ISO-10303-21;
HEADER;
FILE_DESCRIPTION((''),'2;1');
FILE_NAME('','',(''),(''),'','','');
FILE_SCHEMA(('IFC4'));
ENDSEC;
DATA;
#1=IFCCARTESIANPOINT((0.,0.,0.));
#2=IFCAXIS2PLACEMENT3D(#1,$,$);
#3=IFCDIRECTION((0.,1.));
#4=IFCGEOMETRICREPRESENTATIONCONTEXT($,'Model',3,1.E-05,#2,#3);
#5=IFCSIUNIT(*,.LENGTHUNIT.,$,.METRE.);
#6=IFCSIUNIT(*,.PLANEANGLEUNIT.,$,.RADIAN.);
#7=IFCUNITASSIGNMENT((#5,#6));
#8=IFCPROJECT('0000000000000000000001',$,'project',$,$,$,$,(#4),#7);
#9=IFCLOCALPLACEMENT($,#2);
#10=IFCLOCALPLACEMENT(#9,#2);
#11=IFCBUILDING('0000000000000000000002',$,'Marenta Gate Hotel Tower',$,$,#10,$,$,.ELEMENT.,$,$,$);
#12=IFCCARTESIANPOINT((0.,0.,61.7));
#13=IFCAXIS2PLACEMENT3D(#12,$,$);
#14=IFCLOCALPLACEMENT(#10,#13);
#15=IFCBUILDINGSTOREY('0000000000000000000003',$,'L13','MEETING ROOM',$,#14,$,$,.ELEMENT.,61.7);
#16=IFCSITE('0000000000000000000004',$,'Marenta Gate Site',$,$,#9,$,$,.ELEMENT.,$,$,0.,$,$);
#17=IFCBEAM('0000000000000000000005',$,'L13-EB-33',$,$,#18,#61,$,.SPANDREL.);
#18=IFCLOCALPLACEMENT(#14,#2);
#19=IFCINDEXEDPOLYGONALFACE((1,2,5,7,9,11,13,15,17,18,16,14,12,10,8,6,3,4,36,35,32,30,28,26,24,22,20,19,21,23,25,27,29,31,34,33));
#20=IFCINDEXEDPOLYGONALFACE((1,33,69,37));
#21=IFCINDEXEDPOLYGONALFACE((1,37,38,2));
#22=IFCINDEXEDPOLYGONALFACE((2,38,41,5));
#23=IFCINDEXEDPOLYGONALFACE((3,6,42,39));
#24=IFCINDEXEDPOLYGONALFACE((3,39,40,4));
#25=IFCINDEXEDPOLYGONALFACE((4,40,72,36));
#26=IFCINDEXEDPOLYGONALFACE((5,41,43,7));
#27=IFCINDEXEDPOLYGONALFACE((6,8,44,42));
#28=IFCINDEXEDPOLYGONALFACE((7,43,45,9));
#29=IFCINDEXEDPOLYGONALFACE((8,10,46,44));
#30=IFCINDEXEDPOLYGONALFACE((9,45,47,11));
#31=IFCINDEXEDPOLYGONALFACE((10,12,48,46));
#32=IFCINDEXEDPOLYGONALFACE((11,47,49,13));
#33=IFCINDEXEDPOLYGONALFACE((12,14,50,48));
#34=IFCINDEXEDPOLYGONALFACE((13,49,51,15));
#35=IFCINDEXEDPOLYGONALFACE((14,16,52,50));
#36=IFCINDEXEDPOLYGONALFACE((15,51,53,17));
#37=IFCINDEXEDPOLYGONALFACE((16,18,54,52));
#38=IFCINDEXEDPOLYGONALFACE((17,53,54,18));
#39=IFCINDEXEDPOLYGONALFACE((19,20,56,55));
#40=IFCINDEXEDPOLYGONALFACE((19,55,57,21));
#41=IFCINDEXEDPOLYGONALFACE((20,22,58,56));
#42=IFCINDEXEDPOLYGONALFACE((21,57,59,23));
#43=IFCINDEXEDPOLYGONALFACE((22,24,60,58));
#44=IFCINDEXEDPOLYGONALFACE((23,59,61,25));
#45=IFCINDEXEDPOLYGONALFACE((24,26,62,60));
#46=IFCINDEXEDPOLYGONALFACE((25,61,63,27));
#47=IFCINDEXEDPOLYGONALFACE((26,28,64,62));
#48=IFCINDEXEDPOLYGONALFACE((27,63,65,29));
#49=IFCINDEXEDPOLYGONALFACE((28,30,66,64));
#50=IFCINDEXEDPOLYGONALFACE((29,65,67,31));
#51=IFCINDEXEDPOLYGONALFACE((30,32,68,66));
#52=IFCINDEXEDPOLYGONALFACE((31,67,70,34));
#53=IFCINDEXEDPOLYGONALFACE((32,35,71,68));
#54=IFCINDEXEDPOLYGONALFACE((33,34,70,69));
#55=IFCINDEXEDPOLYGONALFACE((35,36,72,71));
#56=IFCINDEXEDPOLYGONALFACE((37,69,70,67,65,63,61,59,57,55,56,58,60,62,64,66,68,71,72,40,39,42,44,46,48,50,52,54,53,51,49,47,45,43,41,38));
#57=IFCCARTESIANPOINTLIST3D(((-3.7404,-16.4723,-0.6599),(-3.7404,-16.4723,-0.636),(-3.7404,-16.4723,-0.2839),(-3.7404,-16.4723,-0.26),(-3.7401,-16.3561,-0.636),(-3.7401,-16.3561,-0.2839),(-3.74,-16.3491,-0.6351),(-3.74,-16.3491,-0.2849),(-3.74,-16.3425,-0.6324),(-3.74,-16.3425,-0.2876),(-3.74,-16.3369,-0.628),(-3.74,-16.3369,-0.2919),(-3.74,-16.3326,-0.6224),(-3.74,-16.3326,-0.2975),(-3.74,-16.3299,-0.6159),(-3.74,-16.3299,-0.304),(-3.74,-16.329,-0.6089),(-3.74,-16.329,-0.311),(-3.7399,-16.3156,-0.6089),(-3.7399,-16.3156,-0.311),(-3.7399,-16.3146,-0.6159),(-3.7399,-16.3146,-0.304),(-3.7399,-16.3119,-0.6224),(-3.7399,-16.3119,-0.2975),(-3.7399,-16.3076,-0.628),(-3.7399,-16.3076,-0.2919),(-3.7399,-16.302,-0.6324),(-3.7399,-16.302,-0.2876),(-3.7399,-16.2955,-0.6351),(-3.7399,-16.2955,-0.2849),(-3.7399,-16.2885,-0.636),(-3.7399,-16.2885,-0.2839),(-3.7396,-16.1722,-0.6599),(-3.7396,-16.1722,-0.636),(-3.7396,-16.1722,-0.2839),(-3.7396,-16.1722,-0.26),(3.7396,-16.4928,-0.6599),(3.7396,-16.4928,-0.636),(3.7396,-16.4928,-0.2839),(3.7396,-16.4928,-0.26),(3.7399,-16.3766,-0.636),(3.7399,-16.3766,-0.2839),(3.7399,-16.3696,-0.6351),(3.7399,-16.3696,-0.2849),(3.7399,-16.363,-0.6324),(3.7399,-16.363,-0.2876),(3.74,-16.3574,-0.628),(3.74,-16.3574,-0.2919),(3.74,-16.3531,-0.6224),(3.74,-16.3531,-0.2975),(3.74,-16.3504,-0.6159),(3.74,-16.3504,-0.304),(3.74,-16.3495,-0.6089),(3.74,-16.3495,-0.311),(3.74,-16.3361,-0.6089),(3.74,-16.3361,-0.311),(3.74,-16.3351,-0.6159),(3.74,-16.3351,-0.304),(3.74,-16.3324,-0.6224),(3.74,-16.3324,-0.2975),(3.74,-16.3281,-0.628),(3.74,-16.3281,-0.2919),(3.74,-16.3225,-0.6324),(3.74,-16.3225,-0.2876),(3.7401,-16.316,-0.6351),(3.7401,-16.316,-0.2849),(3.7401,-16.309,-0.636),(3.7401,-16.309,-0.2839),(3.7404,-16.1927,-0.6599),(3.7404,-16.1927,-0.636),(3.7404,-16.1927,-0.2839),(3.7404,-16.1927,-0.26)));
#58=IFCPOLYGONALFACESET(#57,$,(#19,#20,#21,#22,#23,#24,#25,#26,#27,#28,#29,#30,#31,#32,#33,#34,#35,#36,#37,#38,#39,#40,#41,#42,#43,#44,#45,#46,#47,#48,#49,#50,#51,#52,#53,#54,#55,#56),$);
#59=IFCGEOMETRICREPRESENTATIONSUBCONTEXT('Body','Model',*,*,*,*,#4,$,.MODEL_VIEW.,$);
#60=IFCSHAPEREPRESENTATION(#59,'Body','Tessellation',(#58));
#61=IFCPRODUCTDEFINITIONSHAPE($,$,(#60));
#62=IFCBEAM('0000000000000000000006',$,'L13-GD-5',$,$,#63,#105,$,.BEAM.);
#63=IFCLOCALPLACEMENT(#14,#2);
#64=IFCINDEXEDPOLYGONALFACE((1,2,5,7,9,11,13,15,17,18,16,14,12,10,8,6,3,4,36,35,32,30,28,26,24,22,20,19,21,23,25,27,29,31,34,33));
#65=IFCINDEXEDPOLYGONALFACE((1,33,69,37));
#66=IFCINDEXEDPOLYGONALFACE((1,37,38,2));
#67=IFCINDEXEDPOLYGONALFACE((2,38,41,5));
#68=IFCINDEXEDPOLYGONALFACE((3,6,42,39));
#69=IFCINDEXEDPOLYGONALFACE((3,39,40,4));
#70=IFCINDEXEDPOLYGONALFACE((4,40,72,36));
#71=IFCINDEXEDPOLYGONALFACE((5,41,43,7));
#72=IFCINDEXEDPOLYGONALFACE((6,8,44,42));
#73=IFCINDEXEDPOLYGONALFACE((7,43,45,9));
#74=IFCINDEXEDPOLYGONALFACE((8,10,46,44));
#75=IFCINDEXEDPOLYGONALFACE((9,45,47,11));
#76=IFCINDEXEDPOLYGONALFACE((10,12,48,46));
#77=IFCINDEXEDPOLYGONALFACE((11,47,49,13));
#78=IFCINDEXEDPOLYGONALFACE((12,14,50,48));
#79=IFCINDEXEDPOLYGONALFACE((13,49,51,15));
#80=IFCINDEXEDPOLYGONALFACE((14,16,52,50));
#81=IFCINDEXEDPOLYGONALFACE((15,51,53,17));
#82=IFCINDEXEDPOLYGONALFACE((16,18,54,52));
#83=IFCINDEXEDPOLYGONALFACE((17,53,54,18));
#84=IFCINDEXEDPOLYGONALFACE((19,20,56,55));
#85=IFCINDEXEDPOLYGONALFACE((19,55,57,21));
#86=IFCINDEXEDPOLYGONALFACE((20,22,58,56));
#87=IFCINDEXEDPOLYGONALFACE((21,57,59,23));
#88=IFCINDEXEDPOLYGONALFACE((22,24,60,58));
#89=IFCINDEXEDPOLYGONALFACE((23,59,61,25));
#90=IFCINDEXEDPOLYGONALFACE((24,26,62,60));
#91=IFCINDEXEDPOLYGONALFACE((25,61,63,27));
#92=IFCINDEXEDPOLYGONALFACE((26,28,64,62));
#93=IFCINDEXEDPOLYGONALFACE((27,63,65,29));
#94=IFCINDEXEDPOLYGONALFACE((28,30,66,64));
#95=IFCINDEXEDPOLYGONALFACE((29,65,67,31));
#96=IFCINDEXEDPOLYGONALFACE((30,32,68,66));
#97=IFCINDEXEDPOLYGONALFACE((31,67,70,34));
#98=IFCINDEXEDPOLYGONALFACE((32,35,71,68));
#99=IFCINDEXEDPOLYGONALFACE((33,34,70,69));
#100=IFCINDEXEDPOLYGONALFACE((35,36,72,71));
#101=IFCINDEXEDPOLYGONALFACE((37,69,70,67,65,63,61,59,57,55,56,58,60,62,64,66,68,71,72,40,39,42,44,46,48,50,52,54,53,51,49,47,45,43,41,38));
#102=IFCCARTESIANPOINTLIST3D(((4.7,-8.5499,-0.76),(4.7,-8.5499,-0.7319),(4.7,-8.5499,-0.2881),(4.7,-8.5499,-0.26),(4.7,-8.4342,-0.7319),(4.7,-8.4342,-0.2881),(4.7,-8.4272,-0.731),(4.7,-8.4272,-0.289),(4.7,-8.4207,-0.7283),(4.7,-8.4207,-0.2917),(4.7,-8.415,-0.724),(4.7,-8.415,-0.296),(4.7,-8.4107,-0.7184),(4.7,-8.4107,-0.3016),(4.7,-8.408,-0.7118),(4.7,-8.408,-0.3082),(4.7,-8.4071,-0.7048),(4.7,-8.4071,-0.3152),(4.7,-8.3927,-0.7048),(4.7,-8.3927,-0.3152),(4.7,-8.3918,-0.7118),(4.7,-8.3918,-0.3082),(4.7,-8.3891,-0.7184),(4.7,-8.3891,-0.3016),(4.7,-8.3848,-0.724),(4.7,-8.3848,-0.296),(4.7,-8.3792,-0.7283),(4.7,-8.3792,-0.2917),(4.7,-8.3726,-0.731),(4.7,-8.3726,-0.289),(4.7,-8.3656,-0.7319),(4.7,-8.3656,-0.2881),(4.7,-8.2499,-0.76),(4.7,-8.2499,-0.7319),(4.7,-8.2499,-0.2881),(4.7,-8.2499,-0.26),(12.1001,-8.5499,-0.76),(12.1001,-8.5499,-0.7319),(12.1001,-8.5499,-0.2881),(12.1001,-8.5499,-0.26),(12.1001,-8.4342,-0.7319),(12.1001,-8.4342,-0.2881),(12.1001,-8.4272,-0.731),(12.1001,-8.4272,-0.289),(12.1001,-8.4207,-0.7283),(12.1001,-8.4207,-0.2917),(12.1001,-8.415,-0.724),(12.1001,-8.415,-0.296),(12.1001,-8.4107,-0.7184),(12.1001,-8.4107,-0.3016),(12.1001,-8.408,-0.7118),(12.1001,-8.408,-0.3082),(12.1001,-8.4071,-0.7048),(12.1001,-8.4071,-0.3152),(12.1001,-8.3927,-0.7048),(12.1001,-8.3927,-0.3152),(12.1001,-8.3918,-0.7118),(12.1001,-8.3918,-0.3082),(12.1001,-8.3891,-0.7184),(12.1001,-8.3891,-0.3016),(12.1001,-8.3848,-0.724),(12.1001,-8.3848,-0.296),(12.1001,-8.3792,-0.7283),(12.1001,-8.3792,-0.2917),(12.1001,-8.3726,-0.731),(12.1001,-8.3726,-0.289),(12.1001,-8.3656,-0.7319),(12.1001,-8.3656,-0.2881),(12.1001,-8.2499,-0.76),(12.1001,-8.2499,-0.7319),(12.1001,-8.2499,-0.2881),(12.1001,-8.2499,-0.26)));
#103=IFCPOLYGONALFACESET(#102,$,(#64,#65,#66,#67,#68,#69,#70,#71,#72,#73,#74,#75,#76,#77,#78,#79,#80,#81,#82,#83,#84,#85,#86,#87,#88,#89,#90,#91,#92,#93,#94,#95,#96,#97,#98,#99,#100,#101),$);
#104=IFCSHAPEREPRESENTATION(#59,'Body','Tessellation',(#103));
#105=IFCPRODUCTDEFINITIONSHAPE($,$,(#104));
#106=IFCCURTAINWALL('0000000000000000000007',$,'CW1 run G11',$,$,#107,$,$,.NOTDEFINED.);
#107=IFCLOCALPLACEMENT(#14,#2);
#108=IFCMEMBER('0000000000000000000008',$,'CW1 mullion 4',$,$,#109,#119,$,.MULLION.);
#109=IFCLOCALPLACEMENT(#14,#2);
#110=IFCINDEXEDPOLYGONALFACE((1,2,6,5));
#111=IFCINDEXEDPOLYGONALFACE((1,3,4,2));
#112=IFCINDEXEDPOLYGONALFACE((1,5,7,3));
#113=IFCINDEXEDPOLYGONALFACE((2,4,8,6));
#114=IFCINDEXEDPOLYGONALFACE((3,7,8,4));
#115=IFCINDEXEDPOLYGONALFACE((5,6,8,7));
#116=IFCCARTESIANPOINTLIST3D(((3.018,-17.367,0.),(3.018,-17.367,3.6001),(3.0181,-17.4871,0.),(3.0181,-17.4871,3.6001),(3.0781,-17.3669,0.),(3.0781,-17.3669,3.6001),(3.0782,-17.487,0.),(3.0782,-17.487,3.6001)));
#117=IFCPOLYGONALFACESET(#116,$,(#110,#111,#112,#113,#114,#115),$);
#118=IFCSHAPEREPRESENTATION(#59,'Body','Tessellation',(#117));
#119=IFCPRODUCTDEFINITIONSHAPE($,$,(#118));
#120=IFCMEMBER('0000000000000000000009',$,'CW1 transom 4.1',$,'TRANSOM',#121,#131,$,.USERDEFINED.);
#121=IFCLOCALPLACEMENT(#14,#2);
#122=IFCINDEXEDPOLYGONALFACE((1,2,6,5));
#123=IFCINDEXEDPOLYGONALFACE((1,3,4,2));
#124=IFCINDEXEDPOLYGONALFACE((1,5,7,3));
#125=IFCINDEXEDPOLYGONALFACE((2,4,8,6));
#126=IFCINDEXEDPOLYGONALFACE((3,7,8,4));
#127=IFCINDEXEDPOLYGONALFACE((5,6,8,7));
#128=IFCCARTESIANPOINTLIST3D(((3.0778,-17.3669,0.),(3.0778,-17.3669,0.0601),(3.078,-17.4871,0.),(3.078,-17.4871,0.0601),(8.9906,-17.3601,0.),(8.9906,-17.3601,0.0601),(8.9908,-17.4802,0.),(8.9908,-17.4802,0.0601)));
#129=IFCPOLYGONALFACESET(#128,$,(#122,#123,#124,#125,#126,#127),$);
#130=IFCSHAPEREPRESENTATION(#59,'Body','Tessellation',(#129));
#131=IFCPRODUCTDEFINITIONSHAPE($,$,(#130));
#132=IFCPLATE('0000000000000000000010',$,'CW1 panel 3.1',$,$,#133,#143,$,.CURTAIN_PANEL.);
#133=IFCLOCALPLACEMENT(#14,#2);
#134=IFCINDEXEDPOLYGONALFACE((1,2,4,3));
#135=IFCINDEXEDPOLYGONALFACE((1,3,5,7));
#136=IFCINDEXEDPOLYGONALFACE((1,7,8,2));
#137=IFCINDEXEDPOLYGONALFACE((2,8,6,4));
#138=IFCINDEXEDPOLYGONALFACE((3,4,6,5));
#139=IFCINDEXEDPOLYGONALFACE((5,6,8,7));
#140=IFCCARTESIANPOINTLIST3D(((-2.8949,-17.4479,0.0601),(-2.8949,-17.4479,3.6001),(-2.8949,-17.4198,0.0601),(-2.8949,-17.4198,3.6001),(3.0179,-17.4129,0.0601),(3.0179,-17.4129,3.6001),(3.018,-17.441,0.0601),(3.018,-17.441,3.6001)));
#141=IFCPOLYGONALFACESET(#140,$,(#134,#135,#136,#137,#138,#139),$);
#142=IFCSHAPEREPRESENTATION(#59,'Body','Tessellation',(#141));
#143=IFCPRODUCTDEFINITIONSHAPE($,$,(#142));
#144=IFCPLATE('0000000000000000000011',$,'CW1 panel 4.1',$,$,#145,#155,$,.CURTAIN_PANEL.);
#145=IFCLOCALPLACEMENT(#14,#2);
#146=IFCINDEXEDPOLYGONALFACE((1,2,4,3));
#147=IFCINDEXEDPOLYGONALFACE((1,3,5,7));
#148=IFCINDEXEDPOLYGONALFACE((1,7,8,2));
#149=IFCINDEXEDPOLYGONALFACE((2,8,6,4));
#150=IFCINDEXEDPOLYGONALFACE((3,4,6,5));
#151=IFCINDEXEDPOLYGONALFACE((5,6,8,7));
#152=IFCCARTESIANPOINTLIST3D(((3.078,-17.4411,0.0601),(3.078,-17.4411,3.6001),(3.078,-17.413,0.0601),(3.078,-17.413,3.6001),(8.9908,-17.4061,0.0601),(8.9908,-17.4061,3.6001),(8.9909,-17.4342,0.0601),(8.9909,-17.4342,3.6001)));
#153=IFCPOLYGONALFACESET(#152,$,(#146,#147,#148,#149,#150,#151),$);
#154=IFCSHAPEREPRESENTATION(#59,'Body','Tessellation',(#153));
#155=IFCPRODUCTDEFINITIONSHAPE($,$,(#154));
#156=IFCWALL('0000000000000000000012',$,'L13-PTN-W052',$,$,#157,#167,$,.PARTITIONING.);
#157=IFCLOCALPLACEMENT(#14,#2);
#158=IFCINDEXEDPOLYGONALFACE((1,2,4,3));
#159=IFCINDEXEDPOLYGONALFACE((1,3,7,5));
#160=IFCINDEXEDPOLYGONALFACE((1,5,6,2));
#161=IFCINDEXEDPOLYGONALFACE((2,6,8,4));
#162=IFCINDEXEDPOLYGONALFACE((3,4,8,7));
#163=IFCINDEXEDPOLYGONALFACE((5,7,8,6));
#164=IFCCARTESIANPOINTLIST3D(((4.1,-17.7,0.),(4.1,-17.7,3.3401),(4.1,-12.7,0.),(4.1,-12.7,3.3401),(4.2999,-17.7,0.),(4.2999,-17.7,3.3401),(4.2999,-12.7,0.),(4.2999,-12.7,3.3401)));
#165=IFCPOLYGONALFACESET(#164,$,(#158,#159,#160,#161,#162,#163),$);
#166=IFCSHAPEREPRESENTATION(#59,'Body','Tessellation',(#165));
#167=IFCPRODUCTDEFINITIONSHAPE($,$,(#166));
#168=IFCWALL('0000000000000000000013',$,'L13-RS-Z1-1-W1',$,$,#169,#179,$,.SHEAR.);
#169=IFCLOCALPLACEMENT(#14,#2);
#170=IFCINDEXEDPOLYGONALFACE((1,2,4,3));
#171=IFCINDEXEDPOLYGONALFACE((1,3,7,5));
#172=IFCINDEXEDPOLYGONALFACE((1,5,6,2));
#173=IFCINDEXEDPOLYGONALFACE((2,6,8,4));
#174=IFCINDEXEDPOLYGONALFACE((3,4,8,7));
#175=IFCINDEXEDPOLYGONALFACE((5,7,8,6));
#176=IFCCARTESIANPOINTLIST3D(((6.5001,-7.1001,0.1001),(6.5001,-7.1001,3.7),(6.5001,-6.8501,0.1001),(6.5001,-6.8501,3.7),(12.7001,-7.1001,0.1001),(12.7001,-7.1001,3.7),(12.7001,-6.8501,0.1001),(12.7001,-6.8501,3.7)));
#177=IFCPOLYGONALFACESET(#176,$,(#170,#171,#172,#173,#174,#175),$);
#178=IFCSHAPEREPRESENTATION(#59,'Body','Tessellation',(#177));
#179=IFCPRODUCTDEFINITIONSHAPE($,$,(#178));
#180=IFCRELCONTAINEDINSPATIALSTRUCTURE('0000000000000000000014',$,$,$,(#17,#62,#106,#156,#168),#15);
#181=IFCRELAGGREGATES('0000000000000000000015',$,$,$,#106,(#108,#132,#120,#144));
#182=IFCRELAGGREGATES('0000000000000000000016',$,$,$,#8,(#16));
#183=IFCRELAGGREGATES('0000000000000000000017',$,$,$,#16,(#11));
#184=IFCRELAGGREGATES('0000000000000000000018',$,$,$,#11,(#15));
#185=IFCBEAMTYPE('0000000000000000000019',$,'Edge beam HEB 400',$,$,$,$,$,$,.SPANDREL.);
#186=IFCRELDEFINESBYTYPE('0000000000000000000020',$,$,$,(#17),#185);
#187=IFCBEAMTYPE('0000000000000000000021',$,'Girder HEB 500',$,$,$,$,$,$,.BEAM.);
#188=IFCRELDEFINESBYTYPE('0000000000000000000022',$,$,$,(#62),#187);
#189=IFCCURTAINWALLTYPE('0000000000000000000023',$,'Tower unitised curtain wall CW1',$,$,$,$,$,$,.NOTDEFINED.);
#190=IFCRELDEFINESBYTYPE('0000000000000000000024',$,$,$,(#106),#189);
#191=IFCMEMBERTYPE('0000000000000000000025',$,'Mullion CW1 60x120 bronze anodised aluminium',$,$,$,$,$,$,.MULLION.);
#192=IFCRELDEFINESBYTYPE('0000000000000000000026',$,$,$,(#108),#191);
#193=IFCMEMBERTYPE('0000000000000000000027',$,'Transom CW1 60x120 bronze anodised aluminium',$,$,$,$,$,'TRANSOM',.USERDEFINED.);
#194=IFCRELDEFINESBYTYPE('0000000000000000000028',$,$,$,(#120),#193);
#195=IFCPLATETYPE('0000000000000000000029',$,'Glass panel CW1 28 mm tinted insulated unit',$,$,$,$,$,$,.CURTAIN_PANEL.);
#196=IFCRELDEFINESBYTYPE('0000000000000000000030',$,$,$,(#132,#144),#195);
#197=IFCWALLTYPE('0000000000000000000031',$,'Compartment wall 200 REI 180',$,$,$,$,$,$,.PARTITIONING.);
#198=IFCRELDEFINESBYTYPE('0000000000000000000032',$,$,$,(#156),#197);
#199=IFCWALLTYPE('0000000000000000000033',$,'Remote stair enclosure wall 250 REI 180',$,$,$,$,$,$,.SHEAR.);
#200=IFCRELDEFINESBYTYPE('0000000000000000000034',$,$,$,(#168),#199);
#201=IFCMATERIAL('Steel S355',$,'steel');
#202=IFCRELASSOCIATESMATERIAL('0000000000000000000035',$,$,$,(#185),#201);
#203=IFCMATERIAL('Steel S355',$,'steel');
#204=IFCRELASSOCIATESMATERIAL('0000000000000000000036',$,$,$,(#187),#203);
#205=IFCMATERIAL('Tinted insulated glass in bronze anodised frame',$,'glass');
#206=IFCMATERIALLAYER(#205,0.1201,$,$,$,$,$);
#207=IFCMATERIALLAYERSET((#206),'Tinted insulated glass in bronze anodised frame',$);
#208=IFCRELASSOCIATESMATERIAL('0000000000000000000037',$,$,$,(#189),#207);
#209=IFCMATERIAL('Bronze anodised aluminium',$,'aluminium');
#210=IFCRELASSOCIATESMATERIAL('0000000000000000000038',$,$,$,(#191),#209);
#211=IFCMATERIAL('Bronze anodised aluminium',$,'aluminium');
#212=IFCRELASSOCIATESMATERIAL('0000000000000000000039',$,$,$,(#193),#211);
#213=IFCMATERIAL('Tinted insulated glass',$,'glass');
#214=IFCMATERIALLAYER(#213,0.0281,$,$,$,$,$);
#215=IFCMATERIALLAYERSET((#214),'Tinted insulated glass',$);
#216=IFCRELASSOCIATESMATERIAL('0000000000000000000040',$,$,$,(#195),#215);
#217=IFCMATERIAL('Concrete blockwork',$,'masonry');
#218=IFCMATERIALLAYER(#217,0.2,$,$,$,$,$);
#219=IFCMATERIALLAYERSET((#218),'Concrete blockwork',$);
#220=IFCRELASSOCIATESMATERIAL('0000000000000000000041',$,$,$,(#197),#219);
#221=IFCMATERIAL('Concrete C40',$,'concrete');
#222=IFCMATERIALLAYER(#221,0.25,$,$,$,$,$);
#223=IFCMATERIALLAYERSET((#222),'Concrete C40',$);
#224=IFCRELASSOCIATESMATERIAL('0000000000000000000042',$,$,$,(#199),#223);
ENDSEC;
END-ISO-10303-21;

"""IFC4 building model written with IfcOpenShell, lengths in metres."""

from ifc_helpers import new_model, si_unit, direction, frame, frame_2d, origin, origin_2d, place, context, subcontext, project, spatial, rectangle, i_section, extrude, material, layer, layer_set, material_profile, profile_set, type_object, element, aggregate, save


model = new_model("IFC4")

# Units and contexts
model_context = context("Model", 3, precision=1e-05, world=origin(), true_north=direction((0.0, 1.0)))
body_context = subcontext(model_context, "Body", "Model", "MODEL_VIEW")
ifc_project = project(units=[si_unit("LENGTHUNIT", "METRE"), si_unit("PLANEANGLEUNIT", "RADIAN")], contexts=[model_context])

# Site, building, storey
site_placement = place(None, origin())
site = spatial("IfcSite", under=ifc_project, at=site_placement, Name="Marenta Gate Site", CompositionType="ELEMENT", RefElevation=0.0)
building_placement = place(site_placement, origin())
building = spatial("IfcBuilding", under=site, at=building_placement, Name="Marenta Gate Hotel Tower", CompositionType="ELEMENT")
storey_placement = place(building_placement, frame((0.0, 0.0, 61.7)))
storey = spatial("IfcBuildingStorey", under=building, at=storey_placement, Name="L13", Description="MEETING ROOM", CompositionType="ELEMENT", Elevation=61.7)

# Beams
ifc_material_1 = material(Name="Steel S355", Category="steel")
ifc_material_profile_1 = material_profile(ifc_material_1, i_section(OverallWidth=0.3, OverallDepth=0.3999, WebThickness=0.0134, FlangeThickness=0.0239, FilletRadius=0.0271, at=origin_2d()), Name="HEB 400")
ifc_profile_set_1 = profile_set([ifc_material_profile_1], Name="Steel S355")
beam_type_1 = type_object("IfcBeamType", Name="Edge beam HEB 400", PredefinedType="SPANDREL", material=ifc_profile_set_1)
beam_1_placement = place(storey_placement, frame((3.74, -16.3428, -0.46), z_axis=(-0.999996, 0.002742, 0.0), x_axis=(-0.002742, -0.999996, 0.0)))
element("IfcBeam", 1, at=beam_1_placement, inside=storey, type_object=beam_type_1, Name="L13-EB-33", PredefinedType="SPANDREL", context=body_context, shape_type="SweptSolid", body=[
    extrude(i_section(OverallWidth=0.3, OverallDepth=0.3999, WebThickness=0.0134, FlangeThickness=0.0239, FilletRadius=0.0271, at=origin_2d()), origin(), (0.0, 0.0, 1.0), 7.48),
])
ifc_material_2 = material(Name="Steel S355", Category="steel")
ifc_material_profile_2 = material_profile(ifc_material_2, i_section(OverallWidth=0.3, OverallDepth=0.5, WebThickness=0.0144, FlangeThickness=0.0281, FilletRadius=0.0271, at=origin_2d()), Name="HEB 500")
ifc_profile_set_2 = profile_set([ifc_material_profile_2], Name="Steel S355")
beam_type_2 = type_object("IfcBeamType", Name="Girder HEB 500", PredefinedType="BEAM", material=ifc_profile_set_2)
beam_2_placement = place(storey_placement, frame((4.7, -8.3999, -0.51), z_axis=(1.0, 0.0, 0.0), x_axis=(0.0, 1.0, 0.0)))
element("IfcBeam", 2, at=beam_2_placement, inside=storey, type_object=beam_type_2, Name="L13-GD-5", PredefinedType="BEAM", context=body_context, shape_type="SweptSolid", body=[
    extrude(i_section(OverallWidth=0.3, OverallDepth=0.5, WebThickness=0.0144, FlangeThickness=0.0281, FilletRadius=0.0271, at=origin_2d()), origin(), (0.0, 0.0, 1.0), 7.4001),
])

# Curtain wall, members, plates
ifc_material_3 = material(Name="Tinted insulated glass in bronze anodised frame", Category="glass")
ifc_layer_1 = layer(ifc_material_3, 0.1201)
ifc_layer_set_1 = layer_set([ifc_layer_1], Name="Tinted insulated glass in bronze anodised frame")
curtain_wall_type = type_object("IfcCurtainWallType", Name="Tower unitised curtain wall CW1", PredefinedType="NOTDEFINED", material=ifc_layer_set_1)
curtain_wall_placement = place(storey_placement, origin())
curtain_wall = element("IfcCurtainWall", 3, at=curtain_wall_placement, inside=storey, type_object=curtain_wall_type, Name="CW1 run G11", PredefinedType="NOTDEFINED")
ifc_material_4 = material(Name="Bronze anodised aluminium", Category="aluminium")
ifc_material_profile_3 = material_profile(ifc_material_4, rectangle(XDim=0.1201, YDim=0.0601, at=origin_2d()), Name="Mullion CW1 60x120 bronze anodised aluminium")
ifc_profile_set_3 = profile_set([ifc_material_profile_3], Name="Bronze anodised aluminium")
member_type_1 = type_object("IfcMemberType", Name="Mullion CW1 60x120 bronze anodised aluminium", PredefinedType="MULLION", material=ifc_profile_set_3)
member_1_placement = place(storey_placement, frame((3.0481, -17.427, 0.0), z_axis=(0.0, 0.0, 1.0), x_axis=(-0.001162, 0.999999, 0.0)))
member_1 = element("IfcMember", 4, at=member_1_placement, type_object=member_type_1, Name="CW1 mullion 4", PredefinedType="MULLION", context=body_context, shape_type="SweptSolid", body=[
    extrude(rectangle(XDim=0.1201, YDim=0.0601, at=origin_2d()), origin(), (0.0, 0.0, 1.0), 3.6001),
])
ifc_material_5 = material(Name="Bronze anodised aluminium", Category="aluminium")
ifc_material_profile_4 = material_profile(ifc_material_5, rectangle(XDim=0.1201, YDim=0.0601, at=origin_2d()), Name="Transom CW1 60x120 bronze anodised aluminium")
ifc_profile_set_4 = profile_set([ifc_material_profile_4], Name="Bronze anodised aluminium")
member_type_2 = type_object("IfcMemberType", Name="Transom CW1 60x120 bronze anodised aluminium", ElementType="TRANSOM", PredefinedType="USERDEFINED", material=ifc_profile_set_4)
member_2_placement = place(storey_placement, frame((3.0779, -17.427, 0.03), z_axis=(0.999999, 0.001156, 0.0), x_axis=(-0.001156, 0.999999, 0.0)))
member_2 = element("IfcMember", 5, at=member_2_placement, type_object=member_type_2, Name="CW1 transom 4.1", ObjectType="TRANSOM", PredefinedType="USERDEFINED", context=body_context, shape_type="SweptSolid", body=[
    extrude(rectangle(XDim=0.1201, YDim=0.0601, at=origin_2d()), origin(), (0.0, 0.0, 1.0), 5.9128),
])
ifc_material_6 = material(Name="Tinted insulated glass", Category="glass")
ifc_layer_2 = layer(ifc_material_6, 0.0281)
ifc_layer_set_2 = layer_set([ifc_layer_2], Name="Tinted insulated glass")
plate_type = type_object("IfcPlateType", Name="Glass panel CW1 28 mm tinted insulated unit", PredefinedType="CURTAIN_PANEL", material=ifc_layer_set_2)
plate_1_placement = place(storey_placement, frame((0.0615, -17.4304, 0.0601), z_axis=(0.0, 0.0, 1.0), x_axis=(0.999999, 0.001162, 0.0)))
plate_1 = element("IfcPlate", 6, at=plate_1_placement, type_object=plate_type, Name="CW1 panel 3.1", PredefinedType="CURTAIN_PANEL", context=body_context, shape_type="SweptSolid", body=[
    extrude(rectangle(XDim=5.9128, YDim=0.0281, at=origin_2d()), origin(), (0.0, 0.0, 1.0), 3.54),
])
plate_2_placement = place(storey_placement, frame((6.0344, -17.4236, 0.0601), z_axis=(0.0, 0.0, 1.0), x_axis=(0.999999, 0.001162, 0.0)))
plate_2 = element("IfcPlate", 7, at=plate_2_placement, type_object=plate_type, Name="CW1 panel 4.1", PredefinedType="CURTAIN_PANEL", context=body_context, shape_type="SweptSolid", body=[
    extrude(rectangle(XDim=5.9128, YDim=0.0281, at=origin_2d()), origin(), (0.0, 0.0, 1.0), 3.54),
])
aggregate(curtain_wall, [member_1, plate_1, member_2, plate_2])

# Wall
ifc_material_7 = material(Name="Concrete blockwork", Category="masonry")
ifc_layer_3 = layer(ifc_material_7, 0.2)
ifc_layer_set_3 = layer_set([ifc_layer_3], Name="Concrete blockwork")
wall_type_1 = type_object("IfcWallType", Name="Compartment wall 200 REI 180", PredefinedType="PARTITIONING", material=ifc_layer_set_3)
wall_1_placement = place(storey_placement, frame((4.2, -17.7, 0.0), z_axis=(0.0, 0.0, 1.0), x_axis=(0.0, 1.0, 0.0)))
element("IfcWall", 8, at=wall_1_placement, inside=storey, type_object=wall_type_1, Name="L13-PTN-W052", PredefinedType="PARTITIONING", context=body_context, shape_type="SweptSolid", body=[
    extrude(rectangle(XDim=5.0, YDim=0.2, at=frame_2d((2.5, 0.0))), origin(), (0.0, 0.0, 1.0), 3.3401),
])

# Wall
ifc_material_8 = material(Name="Concrete C40", Category="concrete")
ifc_layer_4 = layer(ifc_material_8, 0.25)
ifc_layer_set_4 = layer_set([ifc_layer_4], Name="Concrete C40")
wall_type_2 = type_object("IfcWallType", Name="Remote stair enclosure wall 250 REI 180", PredefinedType="SHEAR", material=ifc_layer_set_4)
wall_2_placement = place(storey_placement, frame((6.5, -6.9751, 0.1001), z_axis=(0.0, 0.0, 1.0), x_axis=(1.0, 0.0, 0.0)))
element("IfcWall", 9, at=wall_2_placement, inside=storey, type_object=wall_type_2, Name="L13-RS-Z1-1-W1", PredefinedType="SHEAR", context=body_context, shape_type="SweptSolid", body=[
    extrude(rectangle(XDim=6.2, YDim=0.25, at=frame_2d((3.1001, 0.0))), origin(), (0.0, 0.0, 1.0), 3.5999),
])

save(model, "model.ifc")
